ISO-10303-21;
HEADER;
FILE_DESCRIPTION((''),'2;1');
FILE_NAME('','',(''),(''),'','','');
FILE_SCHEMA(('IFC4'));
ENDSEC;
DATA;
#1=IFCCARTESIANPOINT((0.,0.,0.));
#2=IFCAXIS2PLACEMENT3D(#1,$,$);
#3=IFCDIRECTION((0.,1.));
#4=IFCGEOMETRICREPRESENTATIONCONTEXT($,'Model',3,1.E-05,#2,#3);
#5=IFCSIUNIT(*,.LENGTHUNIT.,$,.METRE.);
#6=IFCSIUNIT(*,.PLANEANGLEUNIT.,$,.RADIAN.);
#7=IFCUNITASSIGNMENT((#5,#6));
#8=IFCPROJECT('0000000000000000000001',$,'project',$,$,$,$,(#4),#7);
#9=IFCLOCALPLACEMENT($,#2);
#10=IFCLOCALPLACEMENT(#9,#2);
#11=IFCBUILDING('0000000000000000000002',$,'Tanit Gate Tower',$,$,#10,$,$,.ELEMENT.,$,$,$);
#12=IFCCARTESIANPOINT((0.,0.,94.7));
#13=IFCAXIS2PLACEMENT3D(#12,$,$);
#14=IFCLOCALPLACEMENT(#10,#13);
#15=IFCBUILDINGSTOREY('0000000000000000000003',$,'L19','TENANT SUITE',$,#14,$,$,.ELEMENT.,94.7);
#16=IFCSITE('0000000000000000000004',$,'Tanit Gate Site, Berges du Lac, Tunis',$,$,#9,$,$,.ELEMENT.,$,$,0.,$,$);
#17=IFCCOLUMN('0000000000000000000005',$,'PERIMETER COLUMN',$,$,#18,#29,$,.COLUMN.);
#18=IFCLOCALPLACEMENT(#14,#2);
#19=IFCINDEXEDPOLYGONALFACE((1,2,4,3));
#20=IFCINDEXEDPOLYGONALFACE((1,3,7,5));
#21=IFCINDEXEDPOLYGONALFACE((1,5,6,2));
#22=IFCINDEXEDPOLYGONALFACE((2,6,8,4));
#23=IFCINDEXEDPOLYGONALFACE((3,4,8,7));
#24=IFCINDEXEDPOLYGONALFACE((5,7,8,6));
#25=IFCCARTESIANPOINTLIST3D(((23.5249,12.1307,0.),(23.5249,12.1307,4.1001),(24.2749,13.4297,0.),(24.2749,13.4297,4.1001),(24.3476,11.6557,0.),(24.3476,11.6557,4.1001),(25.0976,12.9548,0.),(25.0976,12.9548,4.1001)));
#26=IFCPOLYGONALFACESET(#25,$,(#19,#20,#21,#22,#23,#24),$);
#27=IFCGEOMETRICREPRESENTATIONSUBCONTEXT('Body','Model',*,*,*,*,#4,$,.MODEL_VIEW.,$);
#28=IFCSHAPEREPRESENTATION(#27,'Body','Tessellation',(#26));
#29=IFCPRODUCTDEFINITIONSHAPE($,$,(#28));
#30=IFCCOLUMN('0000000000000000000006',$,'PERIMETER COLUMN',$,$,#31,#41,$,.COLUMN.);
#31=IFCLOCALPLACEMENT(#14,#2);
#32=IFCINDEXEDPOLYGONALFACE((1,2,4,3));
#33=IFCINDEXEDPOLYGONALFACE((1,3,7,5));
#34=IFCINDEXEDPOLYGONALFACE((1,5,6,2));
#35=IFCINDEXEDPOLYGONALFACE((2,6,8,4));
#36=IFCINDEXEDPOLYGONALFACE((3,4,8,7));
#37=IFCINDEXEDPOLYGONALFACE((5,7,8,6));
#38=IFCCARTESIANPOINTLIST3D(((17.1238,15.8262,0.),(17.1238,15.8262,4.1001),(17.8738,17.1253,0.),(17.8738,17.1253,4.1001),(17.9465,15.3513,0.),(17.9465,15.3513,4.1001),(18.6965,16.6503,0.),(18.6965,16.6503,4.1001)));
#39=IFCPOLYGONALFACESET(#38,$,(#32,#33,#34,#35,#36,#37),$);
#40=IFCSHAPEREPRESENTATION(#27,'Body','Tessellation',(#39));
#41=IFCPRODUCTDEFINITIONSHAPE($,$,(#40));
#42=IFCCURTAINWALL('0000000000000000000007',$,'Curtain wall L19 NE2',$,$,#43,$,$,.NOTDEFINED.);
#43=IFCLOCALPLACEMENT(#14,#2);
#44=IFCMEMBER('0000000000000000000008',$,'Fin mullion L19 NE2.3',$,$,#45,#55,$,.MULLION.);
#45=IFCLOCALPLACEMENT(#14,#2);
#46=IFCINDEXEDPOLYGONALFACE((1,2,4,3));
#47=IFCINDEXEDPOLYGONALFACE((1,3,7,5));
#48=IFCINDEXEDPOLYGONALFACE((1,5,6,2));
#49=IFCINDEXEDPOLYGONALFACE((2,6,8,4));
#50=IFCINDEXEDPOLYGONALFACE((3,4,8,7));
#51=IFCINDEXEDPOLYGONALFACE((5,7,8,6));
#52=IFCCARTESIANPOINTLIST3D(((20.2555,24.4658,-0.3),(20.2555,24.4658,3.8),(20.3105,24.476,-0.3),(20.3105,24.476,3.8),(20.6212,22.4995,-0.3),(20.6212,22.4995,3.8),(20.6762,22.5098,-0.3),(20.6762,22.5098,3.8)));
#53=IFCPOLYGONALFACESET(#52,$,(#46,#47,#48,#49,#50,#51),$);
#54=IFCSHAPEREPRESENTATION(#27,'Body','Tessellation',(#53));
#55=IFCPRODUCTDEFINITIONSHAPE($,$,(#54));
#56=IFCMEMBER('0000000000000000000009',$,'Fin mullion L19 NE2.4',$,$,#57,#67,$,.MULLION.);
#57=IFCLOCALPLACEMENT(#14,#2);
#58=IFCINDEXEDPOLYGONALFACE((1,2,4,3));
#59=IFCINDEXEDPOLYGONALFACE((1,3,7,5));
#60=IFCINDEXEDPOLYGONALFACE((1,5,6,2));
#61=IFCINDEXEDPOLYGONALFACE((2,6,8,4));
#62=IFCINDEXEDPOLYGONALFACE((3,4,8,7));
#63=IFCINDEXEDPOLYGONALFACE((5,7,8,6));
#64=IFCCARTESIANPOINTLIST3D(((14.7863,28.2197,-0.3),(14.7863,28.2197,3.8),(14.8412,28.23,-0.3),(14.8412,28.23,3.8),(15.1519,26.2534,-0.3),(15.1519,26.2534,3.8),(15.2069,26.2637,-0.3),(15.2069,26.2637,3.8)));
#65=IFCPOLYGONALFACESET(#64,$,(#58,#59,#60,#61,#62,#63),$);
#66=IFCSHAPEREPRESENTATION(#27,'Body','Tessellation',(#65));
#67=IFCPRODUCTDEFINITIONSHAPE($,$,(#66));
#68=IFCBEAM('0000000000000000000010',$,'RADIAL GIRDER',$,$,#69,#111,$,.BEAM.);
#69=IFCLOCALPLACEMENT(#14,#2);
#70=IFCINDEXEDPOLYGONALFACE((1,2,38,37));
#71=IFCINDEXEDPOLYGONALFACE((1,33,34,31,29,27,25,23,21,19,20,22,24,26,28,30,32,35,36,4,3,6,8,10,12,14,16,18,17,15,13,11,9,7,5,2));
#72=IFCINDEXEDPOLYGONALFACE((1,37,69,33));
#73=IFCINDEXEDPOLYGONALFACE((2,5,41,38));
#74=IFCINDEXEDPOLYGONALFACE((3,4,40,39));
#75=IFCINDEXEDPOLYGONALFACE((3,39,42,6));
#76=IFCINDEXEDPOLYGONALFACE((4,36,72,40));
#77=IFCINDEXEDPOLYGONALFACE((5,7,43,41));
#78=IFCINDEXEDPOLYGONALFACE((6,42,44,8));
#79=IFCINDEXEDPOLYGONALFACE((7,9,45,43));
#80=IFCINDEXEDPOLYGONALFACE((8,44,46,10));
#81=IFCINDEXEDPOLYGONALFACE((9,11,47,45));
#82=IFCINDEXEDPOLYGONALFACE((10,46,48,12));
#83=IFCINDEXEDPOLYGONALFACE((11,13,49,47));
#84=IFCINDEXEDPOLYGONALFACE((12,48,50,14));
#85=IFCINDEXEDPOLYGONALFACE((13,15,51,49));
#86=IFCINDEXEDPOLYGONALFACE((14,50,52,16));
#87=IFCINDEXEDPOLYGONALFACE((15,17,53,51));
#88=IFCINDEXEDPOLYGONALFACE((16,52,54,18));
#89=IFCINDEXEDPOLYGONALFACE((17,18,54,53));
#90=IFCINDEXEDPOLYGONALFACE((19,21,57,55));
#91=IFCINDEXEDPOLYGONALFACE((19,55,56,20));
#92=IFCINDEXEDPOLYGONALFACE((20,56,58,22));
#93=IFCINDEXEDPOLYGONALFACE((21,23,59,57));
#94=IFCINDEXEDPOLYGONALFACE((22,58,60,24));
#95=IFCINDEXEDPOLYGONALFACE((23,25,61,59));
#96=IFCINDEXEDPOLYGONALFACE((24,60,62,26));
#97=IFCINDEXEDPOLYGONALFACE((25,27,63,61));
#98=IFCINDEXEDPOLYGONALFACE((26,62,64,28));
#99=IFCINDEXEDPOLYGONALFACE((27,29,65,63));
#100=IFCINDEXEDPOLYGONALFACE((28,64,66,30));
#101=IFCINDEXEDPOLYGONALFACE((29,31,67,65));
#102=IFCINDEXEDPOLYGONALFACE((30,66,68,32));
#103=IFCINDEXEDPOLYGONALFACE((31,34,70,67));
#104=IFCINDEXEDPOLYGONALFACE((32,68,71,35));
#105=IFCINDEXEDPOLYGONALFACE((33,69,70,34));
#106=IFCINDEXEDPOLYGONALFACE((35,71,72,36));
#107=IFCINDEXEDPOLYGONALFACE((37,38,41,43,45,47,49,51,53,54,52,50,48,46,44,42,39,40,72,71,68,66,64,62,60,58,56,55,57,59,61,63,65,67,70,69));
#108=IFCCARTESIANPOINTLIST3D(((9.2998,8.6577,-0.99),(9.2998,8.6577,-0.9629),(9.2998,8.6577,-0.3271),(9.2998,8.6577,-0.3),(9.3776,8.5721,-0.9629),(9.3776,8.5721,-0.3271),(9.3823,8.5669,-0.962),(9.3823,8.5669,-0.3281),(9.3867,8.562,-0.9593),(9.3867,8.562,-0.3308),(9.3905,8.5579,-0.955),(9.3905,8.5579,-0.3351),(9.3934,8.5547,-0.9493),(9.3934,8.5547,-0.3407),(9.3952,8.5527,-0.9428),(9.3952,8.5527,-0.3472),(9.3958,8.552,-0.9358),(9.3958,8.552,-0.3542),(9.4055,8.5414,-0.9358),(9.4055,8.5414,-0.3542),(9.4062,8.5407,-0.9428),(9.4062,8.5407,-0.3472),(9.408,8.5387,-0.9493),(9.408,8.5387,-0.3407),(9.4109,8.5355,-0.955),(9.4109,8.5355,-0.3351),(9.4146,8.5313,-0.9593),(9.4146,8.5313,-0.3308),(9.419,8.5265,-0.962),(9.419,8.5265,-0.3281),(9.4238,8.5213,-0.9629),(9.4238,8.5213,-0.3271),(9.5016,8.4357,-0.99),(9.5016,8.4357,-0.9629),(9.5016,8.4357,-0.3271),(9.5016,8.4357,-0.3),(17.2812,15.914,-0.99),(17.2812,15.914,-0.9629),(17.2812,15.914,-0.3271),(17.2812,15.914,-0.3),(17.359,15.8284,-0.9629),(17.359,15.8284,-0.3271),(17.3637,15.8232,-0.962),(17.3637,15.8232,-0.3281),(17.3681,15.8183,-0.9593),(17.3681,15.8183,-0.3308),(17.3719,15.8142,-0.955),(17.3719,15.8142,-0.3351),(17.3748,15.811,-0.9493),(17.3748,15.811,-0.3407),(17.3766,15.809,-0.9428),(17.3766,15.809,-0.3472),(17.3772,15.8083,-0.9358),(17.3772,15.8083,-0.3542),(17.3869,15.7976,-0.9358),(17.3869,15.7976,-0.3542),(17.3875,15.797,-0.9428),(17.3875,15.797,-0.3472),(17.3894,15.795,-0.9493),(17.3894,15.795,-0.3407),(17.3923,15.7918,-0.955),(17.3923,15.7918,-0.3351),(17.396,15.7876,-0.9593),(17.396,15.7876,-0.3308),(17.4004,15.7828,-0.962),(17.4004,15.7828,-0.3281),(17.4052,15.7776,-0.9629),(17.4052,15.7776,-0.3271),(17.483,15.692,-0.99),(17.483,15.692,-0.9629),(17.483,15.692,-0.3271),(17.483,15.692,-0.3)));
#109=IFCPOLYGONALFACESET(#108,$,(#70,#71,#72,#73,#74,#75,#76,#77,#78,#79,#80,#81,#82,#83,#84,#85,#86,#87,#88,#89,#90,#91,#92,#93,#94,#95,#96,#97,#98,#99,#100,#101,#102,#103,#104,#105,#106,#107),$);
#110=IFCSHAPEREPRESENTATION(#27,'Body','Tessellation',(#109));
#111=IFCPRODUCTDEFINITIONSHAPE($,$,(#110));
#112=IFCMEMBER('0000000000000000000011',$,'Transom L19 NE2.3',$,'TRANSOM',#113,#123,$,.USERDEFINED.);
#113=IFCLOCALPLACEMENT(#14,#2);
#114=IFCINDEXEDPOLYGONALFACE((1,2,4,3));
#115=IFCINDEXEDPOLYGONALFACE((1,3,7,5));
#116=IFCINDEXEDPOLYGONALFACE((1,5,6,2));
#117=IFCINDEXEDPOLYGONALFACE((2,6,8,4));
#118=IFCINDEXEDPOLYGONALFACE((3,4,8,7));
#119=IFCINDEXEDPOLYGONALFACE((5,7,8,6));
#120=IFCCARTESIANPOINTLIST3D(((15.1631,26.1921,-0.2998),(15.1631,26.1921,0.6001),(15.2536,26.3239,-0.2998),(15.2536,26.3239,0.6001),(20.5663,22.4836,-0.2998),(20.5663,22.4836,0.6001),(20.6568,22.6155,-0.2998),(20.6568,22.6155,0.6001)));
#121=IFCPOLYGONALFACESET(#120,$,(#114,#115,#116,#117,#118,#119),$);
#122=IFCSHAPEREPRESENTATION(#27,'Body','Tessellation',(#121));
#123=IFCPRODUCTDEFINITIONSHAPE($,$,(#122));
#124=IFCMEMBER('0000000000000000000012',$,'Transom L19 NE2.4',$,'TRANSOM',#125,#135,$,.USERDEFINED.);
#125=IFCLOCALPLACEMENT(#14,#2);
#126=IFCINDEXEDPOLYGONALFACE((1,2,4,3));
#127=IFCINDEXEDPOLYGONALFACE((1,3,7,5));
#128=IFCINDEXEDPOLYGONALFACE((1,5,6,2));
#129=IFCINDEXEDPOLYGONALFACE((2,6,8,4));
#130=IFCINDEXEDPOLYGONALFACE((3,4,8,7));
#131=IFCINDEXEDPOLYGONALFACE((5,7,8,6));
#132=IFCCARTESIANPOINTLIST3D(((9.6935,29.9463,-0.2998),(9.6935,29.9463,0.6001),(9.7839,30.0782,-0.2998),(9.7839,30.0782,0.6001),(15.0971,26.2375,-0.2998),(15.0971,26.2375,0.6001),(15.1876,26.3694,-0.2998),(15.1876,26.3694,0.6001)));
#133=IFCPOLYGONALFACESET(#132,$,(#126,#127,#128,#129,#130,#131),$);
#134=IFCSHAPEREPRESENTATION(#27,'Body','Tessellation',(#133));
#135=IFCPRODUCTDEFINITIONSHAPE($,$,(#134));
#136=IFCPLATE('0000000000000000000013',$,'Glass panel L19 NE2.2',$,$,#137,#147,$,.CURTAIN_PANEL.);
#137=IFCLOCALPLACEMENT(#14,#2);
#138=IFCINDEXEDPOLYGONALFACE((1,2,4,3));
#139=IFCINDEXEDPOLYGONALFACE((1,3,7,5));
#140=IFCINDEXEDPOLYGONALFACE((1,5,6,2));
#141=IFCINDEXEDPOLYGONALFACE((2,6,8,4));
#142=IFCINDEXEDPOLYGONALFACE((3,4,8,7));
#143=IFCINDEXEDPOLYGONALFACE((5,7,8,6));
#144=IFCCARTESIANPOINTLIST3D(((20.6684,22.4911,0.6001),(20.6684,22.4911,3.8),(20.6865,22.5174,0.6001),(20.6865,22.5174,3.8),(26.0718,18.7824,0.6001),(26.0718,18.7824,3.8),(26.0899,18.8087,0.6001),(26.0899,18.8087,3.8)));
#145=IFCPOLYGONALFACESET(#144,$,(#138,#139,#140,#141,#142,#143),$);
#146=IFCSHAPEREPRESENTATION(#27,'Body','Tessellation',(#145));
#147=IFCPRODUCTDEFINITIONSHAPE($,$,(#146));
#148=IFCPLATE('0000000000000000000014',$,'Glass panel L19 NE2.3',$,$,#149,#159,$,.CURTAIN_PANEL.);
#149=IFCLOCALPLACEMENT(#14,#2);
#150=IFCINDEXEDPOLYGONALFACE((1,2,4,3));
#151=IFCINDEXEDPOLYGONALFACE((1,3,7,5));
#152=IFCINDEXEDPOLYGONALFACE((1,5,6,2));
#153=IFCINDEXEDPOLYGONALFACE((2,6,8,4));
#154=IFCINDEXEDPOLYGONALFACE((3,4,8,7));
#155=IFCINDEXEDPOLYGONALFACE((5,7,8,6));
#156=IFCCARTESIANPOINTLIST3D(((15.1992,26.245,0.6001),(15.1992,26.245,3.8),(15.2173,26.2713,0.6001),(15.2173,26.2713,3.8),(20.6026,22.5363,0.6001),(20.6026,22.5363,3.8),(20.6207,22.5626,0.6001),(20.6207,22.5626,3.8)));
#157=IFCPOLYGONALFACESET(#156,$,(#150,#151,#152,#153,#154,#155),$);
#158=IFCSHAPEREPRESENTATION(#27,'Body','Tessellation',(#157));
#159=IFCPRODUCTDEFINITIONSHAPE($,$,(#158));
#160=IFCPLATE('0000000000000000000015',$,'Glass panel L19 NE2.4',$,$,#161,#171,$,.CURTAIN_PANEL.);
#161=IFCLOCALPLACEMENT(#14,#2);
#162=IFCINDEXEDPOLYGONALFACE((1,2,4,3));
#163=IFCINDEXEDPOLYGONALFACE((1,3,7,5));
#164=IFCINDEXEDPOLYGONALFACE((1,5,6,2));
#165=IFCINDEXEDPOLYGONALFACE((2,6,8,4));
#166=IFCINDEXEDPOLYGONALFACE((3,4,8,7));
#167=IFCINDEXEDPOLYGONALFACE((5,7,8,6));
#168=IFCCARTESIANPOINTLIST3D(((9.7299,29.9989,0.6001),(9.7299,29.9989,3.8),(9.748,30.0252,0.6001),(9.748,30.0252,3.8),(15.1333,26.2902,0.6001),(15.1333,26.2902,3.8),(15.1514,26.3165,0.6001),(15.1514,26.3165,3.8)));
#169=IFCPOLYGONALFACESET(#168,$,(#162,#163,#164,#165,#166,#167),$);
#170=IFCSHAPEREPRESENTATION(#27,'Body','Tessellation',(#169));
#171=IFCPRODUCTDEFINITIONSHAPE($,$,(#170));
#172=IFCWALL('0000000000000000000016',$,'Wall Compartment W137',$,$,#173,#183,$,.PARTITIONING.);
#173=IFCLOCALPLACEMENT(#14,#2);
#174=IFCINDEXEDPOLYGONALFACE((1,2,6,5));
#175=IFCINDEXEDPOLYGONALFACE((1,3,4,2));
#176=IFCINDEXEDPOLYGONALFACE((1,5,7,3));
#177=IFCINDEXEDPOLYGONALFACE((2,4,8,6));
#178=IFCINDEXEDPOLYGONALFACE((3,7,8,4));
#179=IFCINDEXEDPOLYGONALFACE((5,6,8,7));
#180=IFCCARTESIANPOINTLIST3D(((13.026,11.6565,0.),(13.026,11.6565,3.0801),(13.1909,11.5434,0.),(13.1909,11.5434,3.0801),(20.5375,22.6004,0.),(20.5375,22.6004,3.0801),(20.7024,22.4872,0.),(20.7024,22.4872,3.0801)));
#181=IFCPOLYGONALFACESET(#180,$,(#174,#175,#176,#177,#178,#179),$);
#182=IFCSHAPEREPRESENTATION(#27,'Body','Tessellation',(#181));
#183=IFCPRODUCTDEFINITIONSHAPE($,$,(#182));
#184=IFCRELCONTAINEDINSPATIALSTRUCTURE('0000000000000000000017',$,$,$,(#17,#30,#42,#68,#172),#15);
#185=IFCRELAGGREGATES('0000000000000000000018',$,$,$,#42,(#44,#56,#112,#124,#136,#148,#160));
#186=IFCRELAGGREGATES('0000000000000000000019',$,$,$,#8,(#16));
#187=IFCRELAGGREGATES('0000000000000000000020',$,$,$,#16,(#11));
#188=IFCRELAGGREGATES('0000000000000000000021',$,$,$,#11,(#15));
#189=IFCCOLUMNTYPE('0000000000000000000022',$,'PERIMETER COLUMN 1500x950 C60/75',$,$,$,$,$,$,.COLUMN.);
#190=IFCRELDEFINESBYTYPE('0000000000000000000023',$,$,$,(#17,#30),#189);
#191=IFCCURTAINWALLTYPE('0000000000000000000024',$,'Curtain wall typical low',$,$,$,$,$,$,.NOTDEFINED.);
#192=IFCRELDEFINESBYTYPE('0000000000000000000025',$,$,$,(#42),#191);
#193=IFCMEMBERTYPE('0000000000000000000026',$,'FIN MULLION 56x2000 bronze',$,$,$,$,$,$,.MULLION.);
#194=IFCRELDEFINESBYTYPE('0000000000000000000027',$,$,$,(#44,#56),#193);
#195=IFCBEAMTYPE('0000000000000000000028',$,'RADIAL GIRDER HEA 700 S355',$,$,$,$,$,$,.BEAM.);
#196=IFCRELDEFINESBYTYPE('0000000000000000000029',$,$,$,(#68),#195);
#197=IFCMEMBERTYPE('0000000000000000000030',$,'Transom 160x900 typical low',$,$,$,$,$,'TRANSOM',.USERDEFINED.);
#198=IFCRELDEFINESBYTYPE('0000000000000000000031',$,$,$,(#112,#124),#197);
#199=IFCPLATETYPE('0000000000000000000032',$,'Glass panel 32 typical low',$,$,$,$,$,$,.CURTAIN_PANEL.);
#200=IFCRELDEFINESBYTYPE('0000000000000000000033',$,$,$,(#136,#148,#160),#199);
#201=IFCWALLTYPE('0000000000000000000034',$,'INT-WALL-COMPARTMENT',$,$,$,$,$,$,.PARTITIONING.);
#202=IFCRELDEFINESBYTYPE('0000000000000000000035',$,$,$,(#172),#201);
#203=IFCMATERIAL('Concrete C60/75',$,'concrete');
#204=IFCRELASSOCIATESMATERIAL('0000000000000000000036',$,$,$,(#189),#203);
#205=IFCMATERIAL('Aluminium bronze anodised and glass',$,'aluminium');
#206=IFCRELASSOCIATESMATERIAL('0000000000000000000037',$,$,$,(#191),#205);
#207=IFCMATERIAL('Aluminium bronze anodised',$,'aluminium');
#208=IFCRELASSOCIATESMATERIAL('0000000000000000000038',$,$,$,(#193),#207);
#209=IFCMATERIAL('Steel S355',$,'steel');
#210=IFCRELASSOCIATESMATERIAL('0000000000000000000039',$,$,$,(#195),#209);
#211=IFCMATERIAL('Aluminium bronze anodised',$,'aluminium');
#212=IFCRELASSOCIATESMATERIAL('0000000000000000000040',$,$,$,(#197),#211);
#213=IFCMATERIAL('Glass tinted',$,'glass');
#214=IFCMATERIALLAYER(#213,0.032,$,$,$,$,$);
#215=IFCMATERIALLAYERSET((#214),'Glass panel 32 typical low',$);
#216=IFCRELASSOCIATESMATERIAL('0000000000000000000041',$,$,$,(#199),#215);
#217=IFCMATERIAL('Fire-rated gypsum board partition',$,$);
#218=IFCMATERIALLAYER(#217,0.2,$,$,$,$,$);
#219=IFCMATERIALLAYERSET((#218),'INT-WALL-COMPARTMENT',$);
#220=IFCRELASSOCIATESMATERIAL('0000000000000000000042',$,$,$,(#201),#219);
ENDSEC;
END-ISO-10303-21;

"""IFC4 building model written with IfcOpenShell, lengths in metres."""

from ifc_helpers import new_model, si_unit, direction, frame, frame_2d, origin, origin_2d, place, context, subcontext, project, spatial, rectangle, i_section, extrude, material, layer, layer_set, material_profile, profile_set, type_object, element, aggregate, save


model = new_model("IFC4")

# Units and contexts
model_context = context("Model", 3, precision=1e-05, world=origin(), true_north=direction((0.0, 1.0)))
body_context = subcontext(model_context, "Body", "Model", "MODEL_VIEW")
ifc_project = project(units=[si_unit("LENGTHUNIT", "METRE"), si_unit("PLANEANGLEUNIT", "RADIAN")], contexts=[model_context])

# Site, building, storey
site_placement = place(None, origin())
site = spatial("IfcSite", under=ifc_project, at=site_placement, Name="Tanit Gate Site, Berges du Lac, Tunis", CompositionType="ELEMENT", RefElevation=0.0)
building_placement = place(site_placement, origin())
building = spatial("IfcBuilding", under=site, at=building_placement, Name="Tanit Gate Tower", CompositionType="ELEMENT")
storey_placement = place(building_placement, frame((0.0, 0.0, 94.7)))
storey = spatial("IfcBuildingStorey", under=building, at=storey_placement, Name="L19", Description="TENANT SUITE", CompositionType="ELEMENT", Elevation=94.7)

# Columns
ifc_material_1 = material(Name="Concrete C60/75", Category="concrete")
ifc_material_profile_1 = material_profile(ifc_material_1, rectangle(XDim=1.5, YDim=0.95, at=origin_2d()), Name="RC 1500x950")
ifc_profile_set_1 = profile_set([ifc_material_profile_1], Name="Concrete C60/75")
column_type = type_object("IfcColumnType", Name="PERIMETER COLUMN 1500x950 C60/75", PredefinedType="COLUMN", material=ifc_profile_set_1)
for number, where, z_axis, x_axis, name in (
    (1, (24.3113, 12.5427, 0.0), (0.0, 0.0, 1.0), (0.5, 0.866025, 0.0), "PERIMETER COLUMN"),
    (2, (17.9102, 16.2383, 0.0), (0.0, 0.0, 1.0), (0.5, 0.866025, 0.0), "PERIMETER COLUMN"),
):
    element("IfcColumn", number, at=place(storey_placement, frame(where, z_axis=z_axis, x_axis=x_axis)), inside=storey, type_object=column_type, Name=name, PredefinedType="COLUMN", context=body_context, shape_type="SweptSolid", body=[
        extrude(rectangle(XDim=1.5, YDim=0.95, at=origin_2d()), origin(), (0.0, 0.0, 1.0), 4.1001),
    ])

# Curtain wall, members
ifc_material_2 = material(Name="Aluminium bronze anodised and glass", Category="aluminium")
curtain_wall_type = type_object("IfcCurtainWallType", Name="Curtain wall typical low", PredefinedType="NOTDEFINED", material=ifc_material_2)
curtain_wall_placement = place(storey_placement, origin())
curtain_wall = element("IfcCurtainWall", 3, at=curtain_wall_placement, inside=storey, type_object=curtain_wall_type, Name="Curtain wall L19 NE2", PredefinedType="NOTDEFINED")
ifc_material_3 = material(Name="Aluminium bronze anodised", Category="aluminium")
ifc_material_profile_2 = material_profile(ifc_material_3, rectangle(XDim=2.0, YDim=0.0559, at=origin_2d()), Name="56x2000 bronze fin mullion")
ifc_profile_set_2 = profile_set([ifc_material_profile_2], Name="Aluminium bronze anodised")
member_type_1 = type_object("IfcMemberType", Name="FIN MULLION 56x2000 bronze", PredefinedType="MULLION", material=ifc_profile_set_2)
member_1_placement = place(storey_placement, frame((20.4658, 23.4878, -0.3), z_axis=(0.0, 0.0, 1.0), x_axis=(0.182847, -0.983141, 0.0)))
member_1 = element("IfcMember", 4, at=member_1_placement, type_object=member_type_1, Name="Fin mullion L19 NE2.3", PredefinedType="MULLION", context=body_context, shape_type="SweptSolid", body=[
    extrude(rectangle(XDim=2.0, YDim=0.0559, at=origin_2d()), origin(), (0.0, 0.0, 1.0), 4.1001),
])
member_2_placement = place(storey_placement, frame((14.9966, 27.2417, -0.3), z_axis=(0.0, 0.0, 1.0), x_axis=(0.182847, -0.983141, 0.0)))
member_2 = element("IfcMember", 5, at=member_2_placement, type_object=member_type_1, Name="Fin mullion L19 NE2.4", PredefinedType="MULLION", context=body_context, shape_type="SweptSolid", body=[
    extrude(rectangle(XDim=2.0, YDim=0.0559, at=origin_2d()), origin(), (0.0, 0.0, 1.0), 4.1001),
])

# Beam
ifc_material_4 = material(Name="Steel S355", Category="steel")
ifc_material_profile_3 = material_profile(ifc_material_4, i_section(OverallWidth=0.3, OverallDepth=0.6899, WebThickness=0.0144, FlangeThickness=0.0271, FilletRadius=0.0271, at=origin_2d()), Name="HEA 700")
ifc_profile_set_3 = profile_set([ifc_material_profile_3], Name="Steel S355")
beam_type = type_object("IfcBeamType", Name="RADIAL GIRDER HEA 700 S355", PredefinedType="BEAM", material=ifc_profile_set_3)
beam_placement = place(storey_placement, frame((17.3821, 15.803, -0.645), z_axis=(-0.739918, -0.672698, 0.0), x_axis=(0.672698, -0.739918, 0.0)))
element("IfcBeam", 6, at=beam_placement, inside=storey, type_object=beam_type, Name="RADIAL GIRDER", PredefinedType="BEAM", context=body_context, shape_type="SweptSolid", body=[
    extrude(i_section(OverallWidth=0.3, OverallDepth=0.6899, WebThickness=0.0144, FlangeThickness=0.0271, FilletRadius=0.0271, at=origin_2d()), origin(), (0.0, 0.0, 1.0), 10.7869),
])

# Members
ifc_material_5 = material(Name="Aluminium bronze anodised", Category="aluminium")
ifc_material_profile_4 = material_profile(ifc_material_5, rectangle(XDim=0.1599, YDim=0.8999, at=origin_2d()), Name="160x900 bronze transom")
ifc_profile_set_4 = profile_set([ifc_material_profile_4], Name="Aluminium bronze anodised")
member_type_2 = type_object("IfcMemberType", Name="Transom 160x900 typical low", ElementType="TRANSOM", PredefinedType="USERDEFINED", material=ifc_profile_set_4)
member_3_placement = place(storey_placement, frame((20.6116, 22.5496, 0.1501), z_axis=(-0.824489, 0.565877, 0.0), x_axis=(-0.565877, -0.824489, 0.0)))
member_3 = element("IfcMember", 7, at=member_3_placement, type_object=member_type_2, Name="Transom L19 NE2.3", ObjectType="TRANSOM", PredefinedType="USERDEFINED", context=body_context, shape_type="SweptSolid", body=[
    extrude(rectangle(XDim=0.1599, YDim=0.8999, at=origin_2d()), origin(), (0.0, 0.0, 1.0), 6.5535),
])
member_4_placement = place(storey_placement, frame((15.1423, 26.3035, 0.1501), z_axis=(-0.824484, 0.565885, 0.0), x_axis=(-0.565885, -0.824484, 0.0)))
member_4 = element("IfcMember", 8, at=member_4_placement, type_object=member_type_2, Name="Transom L19 NE2.4", ObjectType="TRANSOM", PredefinedType="USERDEFINED", context=body_context, shape_type="SweptSolid", body=[
    extrude(rectangle(XDim=0.1599, YDim=0.8999, at=origin_2d()), origin(), (0.0, 0.0, 1.0), 6.554),
])

# Plates
ifc_material_6 = material(Name="Glass tinted", Category="glass")
ifc_layer_1 = layer(ifc_material_6, 0.032)
ifc_layer_set_1 = layer_set([ifc_layer_1], Name="Glass panel 32 typical low")
plate_type = type_object("IfcPlateType", Name="Glass panel 32 typical low", PredefinedType="CURTAIN_PANEL", material=ifc_layer_set_1)
plate_1_placement = place(storey_placement, frame((23.3792, 20.6499, 0.6001), z_axis=(0.0, 0.0, 1.0), x_axis=(-0.824479, 0.565893, 0.0)))
plate_1 = element("IfcPlate", 9, at=plate_1_placement, type_object=plate_type, Name="Glass panel L19 NE2.2", PredefinedType="CURTAIN_PANEL", context=body_context, shape_type="SweptSolid", body=[
    extrude(rectangle(XDim=6.5537, YDim=0.032, at=origin_2d()), origin(), (0.0, 0.0, 1.0), 3.2),
])
plate_2_placement = place(storey_placement, frame((17.9099, 24.4038, 0.6001), z_axis=(0.0, 0.0, 1.0), x_axis=(-0.824479, 0.565893, 0.0)))
plate_2 = element("IfcPlate", 10, at=plate_2_placement, type_object=plate_type, Name="Glass panel L19 NE2.3", PredefinedType="CURTAIN_PANEL", context=body_context, shape_type="SweptSolid", body=[
    extrude(rectangle(XDim=6.5537, YDim=0.032, at=origin_2d()), origin(), (0.0, 0.0, 1.0), 3.2),
])
plate_3_placement = place(storey_placement, frame((12.4407, 28.1577, 0.6001), z_axis=(0.0, 0.0, 1.0), x_axis=(-0.824479, 0.565893, 0.0)))
plate_3 = element("IfcPlate", 11, at=plate_3_placement, type_object=plate_type, Name="Glass panel L19 NE2.4", PredefinedType="CURTAIN_PANEL", context=body_context, shape_type="SweptSolid", body=[
    extrude(rectangle(XDim=6.5537, YDim=0.032, at=origin_2d()), origin(), (0.0, 0.0, 1.0), 3.2),
])
aggregate(curtain_wall, [member_1, member_2, member_3, member_4, plate_1, plate_2, plate_3])

# Wall
ifc_material_7 = material(Name="Fire-rated gypsum board partition")
ifc_layer_2 = layer(ifc_material_7, 0.2)
ifc_layer_set_2 = layer_set([ifc_layer_2], Name="INT-WALL-COMPARTMENT")
wall_type = type_object("IfcWallType", Name="INT-WALL-COMPARTMENT", PredefinedType="PARTITIONING", material=ifc_layer_set_2)
wall_placement = place(storey_placement, frame((20.6199, 22.5437, 0.0), z_axis=(0.0, 0.0, 1.0), x_axis=(-0.565893, -0.824479, 0.0)))
element("IfcWall", 12, at=wall_placement, inside=storey, type_object=wall_type, Name="Wall Compartment W137", PredefinedType="PARTITIONING", context=body_context, shape_type="SweptSolid", body=[
    extrude(rectangle(XDim=13.2737, YDim=0.2, at=frame_2d((6.6367, 0.0))), origin(), (0.0, 0.0, 1.0), 3.0801),
])

save(model, "model.ifc")
